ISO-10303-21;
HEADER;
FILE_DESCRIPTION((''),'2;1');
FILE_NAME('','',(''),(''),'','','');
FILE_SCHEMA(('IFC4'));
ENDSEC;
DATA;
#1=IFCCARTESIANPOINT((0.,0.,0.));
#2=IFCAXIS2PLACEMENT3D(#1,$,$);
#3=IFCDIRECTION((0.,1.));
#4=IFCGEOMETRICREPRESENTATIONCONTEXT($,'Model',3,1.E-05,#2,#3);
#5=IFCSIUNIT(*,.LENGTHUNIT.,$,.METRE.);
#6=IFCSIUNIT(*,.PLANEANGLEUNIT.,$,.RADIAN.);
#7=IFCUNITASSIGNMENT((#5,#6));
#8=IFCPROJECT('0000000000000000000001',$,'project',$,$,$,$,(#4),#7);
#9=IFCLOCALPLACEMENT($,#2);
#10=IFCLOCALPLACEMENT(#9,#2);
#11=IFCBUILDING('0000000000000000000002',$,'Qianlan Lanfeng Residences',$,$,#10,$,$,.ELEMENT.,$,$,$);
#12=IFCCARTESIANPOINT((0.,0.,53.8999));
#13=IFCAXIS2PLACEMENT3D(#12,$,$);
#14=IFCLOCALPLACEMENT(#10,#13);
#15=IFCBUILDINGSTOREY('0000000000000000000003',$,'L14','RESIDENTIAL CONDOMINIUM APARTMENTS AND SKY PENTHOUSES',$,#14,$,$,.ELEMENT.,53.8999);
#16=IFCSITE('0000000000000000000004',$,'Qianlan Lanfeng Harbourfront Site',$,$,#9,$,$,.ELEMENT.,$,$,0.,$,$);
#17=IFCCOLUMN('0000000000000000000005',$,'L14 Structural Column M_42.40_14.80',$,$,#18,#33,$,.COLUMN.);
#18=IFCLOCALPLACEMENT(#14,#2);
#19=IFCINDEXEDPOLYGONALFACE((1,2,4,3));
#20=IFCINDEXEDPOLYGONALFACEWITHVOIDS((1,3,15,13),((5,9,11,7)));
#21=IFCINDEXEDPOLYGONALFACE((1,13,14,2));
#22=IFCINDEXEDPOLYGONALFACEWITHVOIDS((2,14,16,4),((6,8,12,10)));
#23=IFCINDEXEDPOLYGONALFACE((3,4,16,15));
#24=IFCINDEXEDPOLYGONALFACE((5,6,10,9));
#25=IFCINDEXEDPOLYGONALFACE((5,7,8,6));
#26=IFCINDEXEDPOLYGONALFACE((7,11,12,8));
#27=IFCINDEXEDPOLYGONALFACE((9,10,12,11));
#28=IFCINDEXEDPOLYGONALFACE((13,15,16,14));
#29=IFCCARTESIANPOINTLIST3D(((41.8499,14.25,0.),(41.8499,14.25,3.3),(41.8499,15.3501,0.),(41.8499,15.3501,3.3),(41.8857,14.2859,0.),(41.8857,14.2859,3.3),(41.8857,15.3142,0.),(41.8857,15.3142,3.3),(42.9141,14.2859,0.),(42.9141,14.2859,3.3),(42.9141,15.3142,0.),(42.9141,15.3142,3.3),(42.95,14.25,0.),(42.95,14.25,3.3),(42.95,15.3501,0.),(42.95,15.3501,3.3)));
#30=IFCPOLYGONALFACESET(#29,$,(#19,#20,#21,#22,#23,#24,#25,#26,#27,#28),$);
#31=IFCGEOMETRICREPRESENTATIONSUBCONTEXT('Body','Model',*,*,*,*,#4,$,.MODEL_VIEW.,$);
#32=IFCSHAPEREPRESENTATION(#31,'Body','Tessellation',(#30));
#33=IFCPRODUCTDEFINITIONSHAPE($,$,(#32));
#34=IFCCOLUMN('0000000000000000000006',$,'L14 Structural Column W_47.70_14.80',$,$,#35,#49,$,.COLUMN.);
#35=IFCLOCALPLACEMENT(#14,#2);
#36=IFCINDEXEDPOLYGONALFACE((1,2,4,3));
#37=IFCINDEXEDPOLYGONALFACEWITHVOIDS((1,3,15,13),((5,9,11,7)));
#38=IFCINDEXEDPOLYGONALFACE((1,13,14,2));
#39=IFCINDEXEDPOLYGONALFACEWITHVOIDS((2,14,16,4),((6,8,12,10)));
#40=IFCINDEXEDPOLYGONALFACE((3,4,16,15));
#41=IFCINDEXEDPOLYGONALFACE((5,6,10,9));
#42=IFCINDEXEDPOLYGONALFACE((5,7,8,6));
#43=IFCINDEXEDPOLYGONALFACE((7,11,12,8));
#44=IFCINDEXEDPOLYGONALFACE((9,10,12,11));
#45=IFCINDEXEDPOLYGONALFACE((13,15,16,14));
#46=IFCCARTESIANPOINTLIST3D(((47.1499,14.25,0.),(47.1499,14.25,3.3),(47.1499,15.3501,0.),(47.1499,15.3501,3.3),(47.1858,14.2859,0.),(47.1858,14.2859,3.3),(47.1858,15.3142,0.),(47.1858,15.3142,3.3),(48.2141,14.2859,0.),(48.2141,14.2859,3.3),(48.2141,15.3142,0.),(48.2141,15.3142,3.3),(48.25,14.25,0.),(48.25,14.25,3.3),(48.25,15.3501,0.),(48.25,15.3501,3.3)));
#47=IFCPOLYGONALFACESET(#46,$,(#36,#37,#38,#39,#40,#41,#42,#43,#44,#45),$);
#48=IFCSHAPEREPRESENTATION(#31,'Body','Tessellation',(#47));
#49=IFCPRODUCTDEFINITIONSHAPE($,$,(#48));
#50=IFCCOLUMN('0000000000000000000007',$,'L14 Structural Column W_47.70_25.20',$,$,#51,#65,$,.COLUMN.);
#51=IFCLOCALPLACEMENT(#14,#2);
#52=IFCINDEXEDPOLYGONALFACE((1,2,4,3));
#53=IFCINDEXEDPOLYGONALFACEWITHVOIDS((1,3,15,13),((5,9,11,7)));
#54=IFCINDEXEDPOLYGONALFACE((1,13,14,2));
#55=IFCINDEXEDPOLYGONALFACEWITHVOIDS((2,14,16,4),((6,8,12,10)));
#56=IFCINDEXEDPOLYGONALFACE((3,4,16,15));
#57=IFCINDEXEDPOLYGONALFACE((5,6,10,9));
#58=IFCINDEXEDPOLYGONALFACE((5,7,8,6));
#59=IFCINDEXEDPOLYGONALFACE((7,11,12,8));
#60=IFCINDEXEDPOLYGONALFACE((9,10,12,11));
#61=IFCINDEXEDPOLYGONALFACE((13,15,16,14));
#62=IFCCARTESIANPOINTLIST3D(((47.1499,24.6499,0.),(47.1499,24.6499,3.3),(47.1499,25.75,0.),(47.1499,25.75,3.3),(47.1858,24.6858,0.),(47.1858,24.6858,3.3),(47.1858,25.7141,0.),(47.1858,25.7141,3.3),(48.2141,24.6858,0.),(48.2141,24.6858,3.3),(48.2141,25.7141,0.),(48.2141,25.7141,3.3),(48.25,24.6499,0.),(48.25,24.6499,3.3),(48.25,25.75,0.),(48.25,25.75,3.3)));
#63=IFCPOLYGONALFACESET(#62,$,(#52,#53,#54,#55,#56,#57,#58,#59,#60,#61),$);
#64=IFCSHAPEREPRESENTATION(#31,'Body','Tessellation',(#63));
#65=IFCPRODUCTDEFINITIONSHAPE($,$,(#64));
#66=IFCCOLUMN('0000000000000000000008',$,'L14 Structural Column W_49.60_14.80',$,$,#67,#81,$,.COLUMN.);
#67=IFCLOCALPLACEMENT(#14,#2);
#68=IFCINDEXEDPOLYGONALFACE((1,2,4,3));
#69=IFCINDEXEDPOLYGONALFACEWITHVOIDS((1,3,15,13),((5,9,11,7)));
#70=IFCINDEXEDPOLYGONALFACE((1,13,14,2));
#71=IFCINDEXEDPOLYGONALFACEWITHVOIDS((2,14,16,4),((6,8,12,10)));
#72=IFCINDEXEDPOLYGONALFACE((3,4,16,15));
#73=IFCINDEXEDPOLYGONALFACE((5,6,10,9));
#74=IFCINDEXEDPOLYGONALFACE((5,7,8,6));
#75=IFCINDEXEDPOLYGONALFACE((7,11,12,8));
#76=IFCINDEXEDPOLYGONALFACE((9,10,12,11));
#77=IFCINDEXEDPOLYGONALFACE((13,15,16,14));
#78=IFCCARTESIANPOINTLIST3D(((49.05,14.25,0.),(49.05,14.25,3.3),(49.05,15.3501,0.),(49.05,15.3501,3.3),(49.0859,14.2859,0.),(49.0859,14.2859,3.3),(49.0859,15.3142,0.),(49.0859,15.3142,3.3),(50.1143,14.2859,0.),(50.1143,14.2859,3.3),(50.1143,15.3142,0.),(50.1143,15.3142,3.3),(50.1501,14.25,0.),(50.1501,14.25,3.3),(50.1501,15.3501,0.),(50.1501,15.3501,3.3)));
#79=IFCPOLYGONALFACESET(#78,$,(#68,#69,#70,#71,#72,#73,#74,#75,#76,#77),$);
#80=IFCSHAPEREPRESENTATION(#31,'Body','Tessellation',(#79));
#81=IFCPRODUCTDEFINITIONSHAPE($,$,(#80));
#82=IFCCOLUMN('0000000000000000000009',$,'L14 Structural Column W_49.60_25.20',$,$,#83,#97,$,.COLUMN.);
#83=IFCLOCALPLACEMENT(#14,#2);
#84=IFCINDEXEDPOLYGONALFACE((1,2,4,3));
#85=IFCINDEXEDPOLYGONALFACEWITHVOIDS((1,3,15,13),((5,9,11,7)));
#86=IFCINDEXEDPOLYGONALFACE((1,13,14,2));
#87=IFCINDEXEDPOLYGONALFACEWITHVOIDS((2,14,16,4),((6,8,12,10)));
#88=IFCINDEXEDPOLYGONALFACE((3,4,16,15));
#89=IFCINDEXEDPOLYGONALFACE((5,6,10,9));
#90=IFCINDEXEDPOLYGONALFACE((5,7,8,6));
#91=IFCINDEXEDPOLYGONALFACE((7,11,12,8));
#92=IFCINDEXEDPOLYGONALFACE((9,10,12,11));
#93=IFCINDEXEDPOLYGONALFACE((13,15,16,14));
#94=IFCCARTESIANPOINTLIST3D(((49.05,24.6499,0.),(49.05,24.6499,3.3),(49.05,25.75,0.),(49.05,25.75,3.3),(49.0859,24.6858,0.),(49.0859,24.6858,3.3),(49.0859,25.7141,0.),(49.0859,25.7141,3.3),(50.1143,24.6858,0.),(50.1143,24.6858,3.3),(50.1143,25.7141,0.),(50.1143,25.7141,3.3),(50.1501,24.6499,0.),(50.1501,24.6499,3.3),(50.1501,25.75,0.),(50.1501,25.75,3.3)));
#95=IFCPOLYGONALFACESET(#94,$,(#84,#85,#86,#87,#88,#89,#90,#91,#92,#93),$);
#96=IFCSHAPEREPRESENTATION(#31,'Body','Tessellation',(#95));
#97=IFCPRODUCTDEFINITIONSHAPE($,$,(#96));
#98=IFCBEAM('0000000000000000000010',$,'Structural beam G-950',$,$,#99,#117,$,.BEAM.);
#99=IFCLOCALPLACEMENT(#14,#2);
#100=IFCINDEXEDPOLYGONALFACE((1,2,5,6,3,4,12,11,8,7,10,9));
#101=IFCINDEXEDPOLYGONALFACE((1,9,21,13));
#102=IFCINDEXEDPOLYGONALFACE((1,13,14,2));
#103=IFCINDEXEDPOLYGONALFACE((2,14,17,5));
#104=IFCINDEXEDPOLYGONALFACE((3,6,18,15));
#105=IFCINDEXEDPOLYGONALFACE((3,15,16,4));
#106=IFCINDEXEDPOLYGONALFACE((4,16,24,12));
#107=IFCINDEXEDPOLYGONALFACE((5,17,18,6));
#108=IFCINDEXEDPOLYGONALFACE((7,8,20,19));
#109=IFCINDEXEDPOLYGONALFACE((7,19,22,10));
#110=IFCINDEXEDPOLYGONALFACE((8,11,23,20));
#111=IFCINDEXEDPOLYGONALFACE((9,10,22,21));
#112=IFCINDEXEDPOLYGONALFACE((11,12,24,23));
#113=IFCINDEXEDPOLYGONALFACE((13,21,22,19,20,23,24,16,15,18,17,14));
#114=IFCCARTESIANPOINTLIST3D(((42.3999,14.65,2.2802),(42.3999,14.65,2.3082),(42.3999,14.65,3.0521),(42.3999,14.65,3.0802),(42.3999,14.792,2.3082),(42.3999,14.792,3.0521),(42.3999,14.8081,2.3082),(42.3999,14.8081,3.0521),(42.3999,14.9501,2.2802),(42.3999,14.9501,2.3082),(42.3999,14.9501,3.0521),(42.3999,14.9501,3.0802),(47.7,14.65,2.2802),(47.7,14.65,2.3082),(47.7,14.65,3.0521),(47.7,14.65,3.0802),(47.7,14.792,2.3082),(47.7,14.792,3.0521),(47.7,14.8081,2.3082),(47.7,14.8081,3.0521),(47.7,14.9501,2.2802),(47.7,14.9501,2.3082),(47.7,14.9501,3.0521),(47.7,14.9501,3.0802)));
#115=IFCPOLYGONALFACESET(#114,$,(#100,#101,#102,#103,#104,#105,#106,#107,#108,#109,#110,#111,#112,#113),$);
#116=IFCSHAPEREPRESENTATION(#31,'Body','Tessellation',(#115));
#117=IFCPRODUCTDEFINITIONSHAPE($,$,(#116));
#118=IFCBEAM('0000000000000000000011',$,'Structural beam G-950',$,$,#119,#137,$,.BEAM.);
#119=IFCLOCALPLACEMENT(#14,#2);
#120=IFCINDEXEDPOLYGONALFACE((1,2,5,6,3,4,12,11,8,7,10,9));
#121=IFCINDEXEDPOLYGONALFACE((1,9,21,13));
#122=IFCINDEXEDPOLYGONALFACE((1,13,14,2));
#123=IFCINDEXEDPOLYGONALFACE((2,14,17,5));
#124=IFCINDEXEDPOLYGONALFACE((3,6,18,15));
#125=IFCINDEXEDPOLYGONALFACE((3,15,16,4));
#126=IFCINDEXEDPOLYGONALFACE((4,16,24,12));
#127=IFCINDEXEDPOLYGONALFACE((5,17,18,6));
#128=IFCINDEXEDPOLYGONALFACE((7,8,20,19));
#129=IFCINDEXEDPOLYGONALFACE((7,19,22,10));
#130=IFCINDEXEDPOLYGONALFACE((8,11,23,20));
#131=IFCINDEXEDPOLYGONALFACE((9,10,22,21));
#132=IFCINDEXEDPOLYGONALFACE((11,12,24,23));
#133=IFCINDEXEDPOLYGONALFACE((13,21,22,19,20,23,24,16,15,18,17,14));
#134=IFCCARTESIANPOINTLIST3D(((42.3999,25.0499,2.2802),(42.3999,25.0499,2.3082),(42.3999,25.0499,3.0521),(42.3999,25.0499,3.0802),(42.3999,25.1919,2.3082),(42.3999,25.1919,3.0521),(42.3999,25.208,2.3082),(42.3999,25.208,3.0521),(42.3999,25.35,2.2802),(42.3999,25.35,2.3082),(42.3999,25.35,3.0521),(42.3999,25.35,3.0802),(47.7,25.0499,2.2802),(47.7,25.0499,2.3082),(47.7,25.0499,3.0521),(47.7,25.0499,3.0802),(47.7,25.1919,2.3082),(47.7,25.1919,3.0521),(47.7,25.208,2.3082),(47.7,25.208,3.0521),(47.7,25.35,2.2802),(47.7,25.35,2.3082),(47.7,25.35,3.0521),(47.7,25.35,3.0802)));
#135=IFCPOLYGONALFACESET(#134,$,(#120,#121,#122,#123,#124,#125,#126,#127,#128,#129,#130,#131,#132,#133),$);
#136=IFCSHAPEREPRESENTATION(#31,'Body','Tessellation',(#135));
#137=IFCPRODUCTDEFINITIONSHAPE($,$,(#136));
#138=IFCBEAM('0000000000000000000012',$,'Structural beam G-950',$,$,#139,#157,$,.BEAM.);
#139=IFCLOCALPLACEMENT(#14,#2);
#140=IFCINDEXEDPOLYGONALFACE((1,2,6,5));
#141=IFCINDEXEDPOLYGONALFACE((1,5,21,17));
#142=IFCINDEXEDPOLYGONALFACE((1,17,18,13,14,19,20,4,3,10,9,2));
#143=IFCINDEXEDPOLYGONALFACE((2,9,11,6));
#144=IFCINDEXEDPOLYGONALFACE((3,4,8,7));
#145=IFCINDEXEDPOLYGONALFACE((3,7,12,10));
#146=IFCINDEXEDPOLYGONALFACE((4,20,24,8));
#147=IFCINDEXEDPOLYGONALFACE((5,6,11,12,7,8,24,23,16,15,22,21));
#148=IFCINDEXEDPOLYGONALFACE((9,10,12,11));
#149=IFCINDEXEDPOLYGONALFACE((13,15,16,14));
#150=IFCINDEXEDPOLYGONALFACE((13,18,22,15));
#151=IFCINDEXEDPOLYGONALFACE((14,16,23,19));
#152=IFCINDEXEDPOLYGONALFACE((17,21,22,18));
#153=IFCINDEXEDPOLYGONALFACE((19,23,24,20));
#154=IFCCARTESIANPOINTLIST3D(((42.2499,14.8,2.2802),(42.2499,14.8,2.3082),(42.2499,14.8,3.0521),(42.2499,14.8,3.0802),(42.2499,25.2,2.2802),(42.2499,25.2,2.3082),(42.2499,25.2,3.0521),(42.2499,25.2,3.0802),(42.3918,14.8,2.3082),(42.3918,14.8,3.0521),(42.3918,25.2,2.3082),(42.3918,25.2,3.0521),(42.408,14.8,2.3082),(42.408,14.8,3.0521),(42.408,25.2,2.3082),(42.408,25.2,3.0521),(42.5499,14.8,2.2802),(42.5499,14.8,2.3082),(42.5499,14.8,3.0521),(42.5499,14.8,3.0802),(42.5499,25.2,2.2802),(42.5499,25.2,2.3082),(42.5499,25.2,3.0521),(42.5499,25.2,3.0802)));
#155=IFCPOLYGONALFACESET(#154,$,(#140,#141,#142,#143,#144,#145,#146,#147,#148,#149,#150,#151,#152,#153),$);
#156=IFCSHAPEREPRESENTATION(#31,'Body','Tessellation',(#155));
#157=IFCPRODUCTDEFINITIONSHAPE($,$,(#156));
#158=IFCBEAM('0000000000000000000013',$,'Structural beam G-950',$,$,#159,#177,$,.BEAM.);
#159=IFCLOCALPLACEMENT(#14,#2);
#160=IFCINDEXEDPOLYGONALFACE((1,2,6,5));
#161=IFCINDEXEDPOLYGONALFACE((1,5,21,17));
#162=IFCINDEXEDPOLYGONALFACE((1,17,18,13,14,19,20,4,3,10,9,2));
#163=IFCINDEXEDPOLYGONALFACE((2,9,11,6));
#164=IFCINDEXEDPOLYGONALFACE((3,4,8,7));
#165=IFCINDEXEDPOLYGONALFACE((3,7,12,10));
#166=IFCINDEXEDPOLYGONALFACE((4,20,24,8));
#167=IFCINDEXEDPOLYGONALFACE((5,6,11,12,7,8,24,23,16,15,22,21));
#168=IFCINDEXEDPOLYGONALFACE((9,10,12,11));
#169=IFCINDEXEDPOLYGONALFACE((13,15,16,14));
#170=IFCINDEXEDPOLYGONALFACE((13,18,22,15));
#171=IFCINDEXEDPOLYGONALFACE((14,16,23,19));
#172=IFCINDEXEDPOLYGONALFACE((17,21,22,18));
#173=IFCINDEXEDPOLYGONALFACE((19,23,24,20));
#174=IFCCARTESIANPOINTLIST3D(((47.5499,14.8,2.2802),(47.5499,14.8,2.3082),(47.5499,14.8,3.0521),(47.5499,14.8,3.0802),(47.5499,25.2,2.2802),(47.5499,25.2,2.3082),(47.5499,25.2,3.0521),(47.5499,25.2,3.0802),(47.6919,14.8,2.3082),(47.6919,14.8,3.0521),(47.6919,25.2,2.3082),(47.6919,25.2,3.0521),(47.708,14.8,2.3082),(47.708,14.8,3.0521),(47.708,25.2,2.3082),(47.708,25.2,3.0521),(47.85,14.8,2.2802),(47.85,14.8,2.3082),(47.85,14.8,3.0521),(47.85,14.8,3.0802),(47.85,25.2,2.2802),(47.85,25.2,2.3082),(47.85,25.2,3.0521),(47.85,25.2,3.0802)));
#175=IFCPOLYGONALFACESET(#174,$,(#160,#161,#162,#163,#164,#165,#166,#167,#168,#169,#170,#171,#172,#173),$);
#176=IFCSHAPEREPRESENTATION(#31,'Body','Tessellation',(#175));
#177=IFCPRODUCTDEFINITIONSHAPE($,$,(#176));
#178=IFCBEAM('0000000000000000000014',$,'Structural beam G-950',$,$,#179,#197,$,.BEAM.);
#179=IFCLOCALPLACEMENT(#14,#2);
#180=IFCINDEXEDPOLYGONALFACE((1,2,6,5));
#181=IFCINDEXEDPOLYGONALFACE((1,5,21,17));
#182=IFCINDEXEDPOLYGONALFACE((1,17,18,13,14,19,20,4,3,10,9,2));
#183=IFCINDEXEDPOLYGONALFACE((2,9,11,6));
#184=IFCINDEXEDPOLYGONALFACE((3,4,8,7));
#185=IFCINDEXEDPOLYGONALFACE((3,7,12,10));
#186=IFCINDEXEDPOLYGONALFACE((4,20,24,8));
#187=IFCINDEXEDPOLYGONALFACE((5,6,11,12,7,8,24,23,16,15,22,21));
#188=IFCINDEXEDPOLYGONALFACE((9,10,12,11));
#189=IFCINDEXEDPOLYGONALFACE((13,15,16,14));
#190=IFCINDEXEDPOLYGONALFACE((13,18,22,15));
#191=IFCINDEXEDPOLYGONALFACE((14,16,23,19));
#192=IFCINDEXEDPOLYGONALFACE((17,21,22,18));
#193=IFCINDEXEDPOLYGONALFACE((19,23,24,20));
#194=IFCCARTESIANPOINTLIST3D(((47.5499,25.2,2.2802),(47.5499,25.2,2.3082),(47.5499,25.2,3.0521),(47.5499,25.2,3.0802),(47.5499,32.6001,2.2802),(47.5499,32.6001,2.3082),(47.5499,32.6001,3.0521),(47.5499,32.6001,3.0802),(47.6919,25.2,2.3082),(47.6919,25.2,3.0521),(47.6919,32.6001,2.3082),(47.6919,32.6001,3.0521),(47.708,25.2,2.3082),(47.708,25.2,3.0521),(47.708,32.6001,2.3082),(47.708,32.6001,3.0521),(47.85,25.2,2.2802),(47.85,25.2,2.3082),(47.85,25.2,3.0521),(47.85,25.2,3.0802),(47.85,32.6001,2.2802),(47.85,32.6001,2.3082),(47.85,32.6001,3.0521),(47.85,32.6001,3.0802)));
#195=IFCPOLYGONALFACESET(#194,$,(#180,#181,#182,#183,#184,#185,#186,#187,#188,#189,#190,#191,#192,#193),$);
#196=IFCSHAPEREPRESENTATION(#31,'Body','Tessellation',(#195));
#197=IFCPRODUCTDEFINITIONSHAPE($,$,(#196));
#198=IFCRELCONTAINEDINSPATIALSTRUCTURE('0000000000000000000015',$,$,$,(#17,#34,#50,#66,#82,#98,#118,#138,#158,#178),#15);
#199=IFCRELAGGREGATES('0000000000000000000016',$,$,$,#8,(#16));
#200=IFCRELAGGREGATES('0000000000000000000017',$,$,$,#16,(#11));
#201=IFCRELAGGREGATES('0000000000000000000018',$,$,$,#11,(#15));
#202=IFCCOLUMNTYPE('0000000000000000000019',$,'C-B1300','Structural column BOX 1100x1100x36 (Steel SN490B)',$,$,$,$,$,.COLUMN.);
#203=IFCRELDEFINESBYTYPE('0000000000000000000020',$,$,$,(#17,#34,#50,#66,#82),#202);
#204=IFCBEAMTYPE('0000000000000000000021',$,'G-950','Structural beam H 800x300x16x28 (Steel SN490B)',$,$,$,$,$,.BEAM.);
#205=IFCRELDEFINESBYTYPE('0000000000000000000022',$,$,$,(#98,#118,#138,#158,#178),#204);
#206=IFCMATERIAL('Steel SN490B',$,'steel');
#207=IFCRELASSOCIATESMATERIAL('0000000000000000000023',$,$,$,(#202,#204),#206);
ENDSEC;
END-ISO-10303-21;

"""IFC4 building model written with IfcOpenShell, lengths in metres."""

from ifc_helpers import new_model, si_unit, direction, frame, origin, origin_2d, place, context, subcontext, project, spatial, hollow_rectangle, i_section, extrude, material, material_profile, profile_set, type_object, element, save


model = new_model("IFC4")

# Units and contexts
model_context = context("Model", 3, precision=1e-05, world=origin(), true_north=direction((0.0, 1.0)))
body_context = subcontext(model_context, "Body", "Model", "MODEL_VIEW")
ifc_project = project(units=[si_unit("LENGTHUNIT", "METRE"), si_unit("PLANEANGLEUNIT", "RADIAN")], contexts=[model_context])

# Site, building, storey
site_placement = place(None, origin())
site = spatial("IfcSite", under=ifc_project, at=site_placement, Name="Qianlan Lanfeng Harbourfront Site", CompositionType="ELEMENT", RefElevation=0.0)
building_placement = place(site_placement, origin())
building = spatial("IfcBuilding", under=site, at=building_placement, Name="Qianlan Lanfeng Residences", CompositionType="ELEMENT")
storey_placement = place(building_placement, frame((0.0, 0.0, 53.8999)))
storey = spatial("IfcBuildingStorey", under=building, at=storey_placement, Name="L14", Description="RESIDENTIAL CONDOMINIUM APARTMENTS AND SKY PENTHOUSES", CompositionType="ELEMENT", Elevation=53.8999)

# Columns
ifc_material_1 = material(Name="Steel SN490B", Category="steel")
ifc_material_profile_1 = material_profile(ifc_material_1, hollow_rectangle(XDim=1.1001, YDim=1.1001, WallThickness=0.0359, at=origin_2d()), Name="BOX 1100x1100x36")
ifc_profile_set_1 = profile_set([ifc_material_profile_1], Name="Steel SN490B")
column_type = type_object("IfcColumnType", Name="C-B1300", Description="Structural column BOX 1100x1100x36 (Steel SN490B)", PredefinedType="COLUMN", material=ifc_profile_set_1)
for number, where, z_axis, x_axis, name in (
    (1, (42.3999, 14.8, 0.0), (0.0, 0.0, 1.0), (1.0, 0.0, 0.0), "L14 Structural Column M_42.40_14.80"),
    (2, (47.7, 14.8, 0.0), (0.0, 0.0, 1.0), (1.0, 0.0, 0.0), "L14 Structural Column W_47.70_14.80"),
    (3, (47.7, 25.2, 0.0), (0.0, 0.0, 1.0), (1.0, 0.0, 0.0), "L14 Structural Column W_47.70_25.20"),
    (4, (49.6001, 14.8, 0.0), (0.0, 0.0, 1.0), (1.0, 0.0, 0.0), "L14 Structural Column W_49.60_14.80"),
    (5, (49.6001, 25.2, 0.0), (0.0, 0.0, 1.0), (1.0, 0.0, 0.0), "L14 Structural Column W_49.60_25.20"),
):
    element("IfcColumn", number, at=place(storey_placement, frame(where, z_axis=z_axis, x_axis=x_axis)), inside=storey, type_object=column_type, Name=name, PredefinedType="COLUMN", context=body_context, shape_type="SweptSolid", body=[
        extrude(hollow_rectangle(XDim=1.1001, YDim=1.1001, WallThickness=0.0359, at=origin_2d()), origin(), (0.0, 0.0, 1.0), 3.3),
    ])

# Beams
ifc_material_profile_2 = material_profile(ifc_material_1, i_section(OverallWidth=0.3, OverallDepth=0.8, WebThickness=0.0161, FlangeThickness=0.0281, at=origin_2d()), Name="H 800x300x16x28")
ifc_profile_set_2 = profile_set([ifc_material_profile_2], Name="Steel SN490B")
beam_type_1 = type_object("IfcBeamType", Name="G-950", Description="Structural beam H 800x300x16x28 (Steel SN490B)", PredefinedType="BEAM", material=ifc_profile_set_2)
for number, where, z_axis, x_axis, name in (
    (6, (42.3999, 14.8, 2.6802), (1.0, 0.0, 0.0), (0.0, 1.0, 0.0), "Structural beam G-950"),
    (7, (42.3999, 25.2, 2.6802), (1.0, 0.0, 0.0), (0.0, 1.0, 0.0), "Structural beam G-950"),
):
    element("IfcBeam", number, at=place(storey_placement, frame(where, z_axis=z_axis, x_axis=x_axis)), inside=storey, type_object=beam_type_1, Name=name, PredefinedType="BEAM", context=body_context, shape_type="SweptSolid", body=[
        extrude(i_section(OverallWidth=0.3, OverallDepth=0.8, WebThickness=0.0161, FlangeThickness=0.0281, at=origin_2d()), origin(), (0.0, 0.0, 1.0), 5.3),
    ])
for number, where, z_axis, x_axis, name in (
    (8, (42.3999, 14.8, 2.6802), (0.0, 1.0, 0.0), (-1.0, 0.0, 0.0), "Structural beam G-950"),
    (9, (47.7, 14.8, 2.6802), (0.0, 1.0, 0.0), (-1.0, 0.0, 0.0), "Structural beam G-950"),
):
    element("IfcBeam", number, at=place(storey_placement, frame(where, z_axis=z_axis, x_axis=x_axis)), inside=storey, type_object=beam_type_1, Name=name, PredefinedType="BEAM", context=body_context, shape_type="SweptSolid", body=[
        extrude(i_section(OverallWidth=0.3, OverallDepth=0.8, WebThickness=0.0161, FlangeThickness=0.0281, at=origin_2d()), origin(), (0.0, 0.0, 1.0), 10.3999),
    ])
beam_1_placement = place(storey_placement, frame((47.7, 25.2, 2.6802), z_axis=(0.0, 1.0, 0.0), x_axis=(-1.0, 0.0, 0.0)))
element("IfcBeam", 10, at=beam_1_placement, inside=storey, type_object=beam_type_1, Name="Structural beam G-950", PredefinedType="BEAM", context=body_context, shape_type="SweptSolid", body=[
    extrude(i_section(OverallWidth=0.3, OverallDepth=0.8, WebThickness=0.0161, FlangeThickness=0.0281, at=origin_2d()), origin(), (0.0, 0.0, 1.0), 7.4001),
])

save(model, "model.ifc")
